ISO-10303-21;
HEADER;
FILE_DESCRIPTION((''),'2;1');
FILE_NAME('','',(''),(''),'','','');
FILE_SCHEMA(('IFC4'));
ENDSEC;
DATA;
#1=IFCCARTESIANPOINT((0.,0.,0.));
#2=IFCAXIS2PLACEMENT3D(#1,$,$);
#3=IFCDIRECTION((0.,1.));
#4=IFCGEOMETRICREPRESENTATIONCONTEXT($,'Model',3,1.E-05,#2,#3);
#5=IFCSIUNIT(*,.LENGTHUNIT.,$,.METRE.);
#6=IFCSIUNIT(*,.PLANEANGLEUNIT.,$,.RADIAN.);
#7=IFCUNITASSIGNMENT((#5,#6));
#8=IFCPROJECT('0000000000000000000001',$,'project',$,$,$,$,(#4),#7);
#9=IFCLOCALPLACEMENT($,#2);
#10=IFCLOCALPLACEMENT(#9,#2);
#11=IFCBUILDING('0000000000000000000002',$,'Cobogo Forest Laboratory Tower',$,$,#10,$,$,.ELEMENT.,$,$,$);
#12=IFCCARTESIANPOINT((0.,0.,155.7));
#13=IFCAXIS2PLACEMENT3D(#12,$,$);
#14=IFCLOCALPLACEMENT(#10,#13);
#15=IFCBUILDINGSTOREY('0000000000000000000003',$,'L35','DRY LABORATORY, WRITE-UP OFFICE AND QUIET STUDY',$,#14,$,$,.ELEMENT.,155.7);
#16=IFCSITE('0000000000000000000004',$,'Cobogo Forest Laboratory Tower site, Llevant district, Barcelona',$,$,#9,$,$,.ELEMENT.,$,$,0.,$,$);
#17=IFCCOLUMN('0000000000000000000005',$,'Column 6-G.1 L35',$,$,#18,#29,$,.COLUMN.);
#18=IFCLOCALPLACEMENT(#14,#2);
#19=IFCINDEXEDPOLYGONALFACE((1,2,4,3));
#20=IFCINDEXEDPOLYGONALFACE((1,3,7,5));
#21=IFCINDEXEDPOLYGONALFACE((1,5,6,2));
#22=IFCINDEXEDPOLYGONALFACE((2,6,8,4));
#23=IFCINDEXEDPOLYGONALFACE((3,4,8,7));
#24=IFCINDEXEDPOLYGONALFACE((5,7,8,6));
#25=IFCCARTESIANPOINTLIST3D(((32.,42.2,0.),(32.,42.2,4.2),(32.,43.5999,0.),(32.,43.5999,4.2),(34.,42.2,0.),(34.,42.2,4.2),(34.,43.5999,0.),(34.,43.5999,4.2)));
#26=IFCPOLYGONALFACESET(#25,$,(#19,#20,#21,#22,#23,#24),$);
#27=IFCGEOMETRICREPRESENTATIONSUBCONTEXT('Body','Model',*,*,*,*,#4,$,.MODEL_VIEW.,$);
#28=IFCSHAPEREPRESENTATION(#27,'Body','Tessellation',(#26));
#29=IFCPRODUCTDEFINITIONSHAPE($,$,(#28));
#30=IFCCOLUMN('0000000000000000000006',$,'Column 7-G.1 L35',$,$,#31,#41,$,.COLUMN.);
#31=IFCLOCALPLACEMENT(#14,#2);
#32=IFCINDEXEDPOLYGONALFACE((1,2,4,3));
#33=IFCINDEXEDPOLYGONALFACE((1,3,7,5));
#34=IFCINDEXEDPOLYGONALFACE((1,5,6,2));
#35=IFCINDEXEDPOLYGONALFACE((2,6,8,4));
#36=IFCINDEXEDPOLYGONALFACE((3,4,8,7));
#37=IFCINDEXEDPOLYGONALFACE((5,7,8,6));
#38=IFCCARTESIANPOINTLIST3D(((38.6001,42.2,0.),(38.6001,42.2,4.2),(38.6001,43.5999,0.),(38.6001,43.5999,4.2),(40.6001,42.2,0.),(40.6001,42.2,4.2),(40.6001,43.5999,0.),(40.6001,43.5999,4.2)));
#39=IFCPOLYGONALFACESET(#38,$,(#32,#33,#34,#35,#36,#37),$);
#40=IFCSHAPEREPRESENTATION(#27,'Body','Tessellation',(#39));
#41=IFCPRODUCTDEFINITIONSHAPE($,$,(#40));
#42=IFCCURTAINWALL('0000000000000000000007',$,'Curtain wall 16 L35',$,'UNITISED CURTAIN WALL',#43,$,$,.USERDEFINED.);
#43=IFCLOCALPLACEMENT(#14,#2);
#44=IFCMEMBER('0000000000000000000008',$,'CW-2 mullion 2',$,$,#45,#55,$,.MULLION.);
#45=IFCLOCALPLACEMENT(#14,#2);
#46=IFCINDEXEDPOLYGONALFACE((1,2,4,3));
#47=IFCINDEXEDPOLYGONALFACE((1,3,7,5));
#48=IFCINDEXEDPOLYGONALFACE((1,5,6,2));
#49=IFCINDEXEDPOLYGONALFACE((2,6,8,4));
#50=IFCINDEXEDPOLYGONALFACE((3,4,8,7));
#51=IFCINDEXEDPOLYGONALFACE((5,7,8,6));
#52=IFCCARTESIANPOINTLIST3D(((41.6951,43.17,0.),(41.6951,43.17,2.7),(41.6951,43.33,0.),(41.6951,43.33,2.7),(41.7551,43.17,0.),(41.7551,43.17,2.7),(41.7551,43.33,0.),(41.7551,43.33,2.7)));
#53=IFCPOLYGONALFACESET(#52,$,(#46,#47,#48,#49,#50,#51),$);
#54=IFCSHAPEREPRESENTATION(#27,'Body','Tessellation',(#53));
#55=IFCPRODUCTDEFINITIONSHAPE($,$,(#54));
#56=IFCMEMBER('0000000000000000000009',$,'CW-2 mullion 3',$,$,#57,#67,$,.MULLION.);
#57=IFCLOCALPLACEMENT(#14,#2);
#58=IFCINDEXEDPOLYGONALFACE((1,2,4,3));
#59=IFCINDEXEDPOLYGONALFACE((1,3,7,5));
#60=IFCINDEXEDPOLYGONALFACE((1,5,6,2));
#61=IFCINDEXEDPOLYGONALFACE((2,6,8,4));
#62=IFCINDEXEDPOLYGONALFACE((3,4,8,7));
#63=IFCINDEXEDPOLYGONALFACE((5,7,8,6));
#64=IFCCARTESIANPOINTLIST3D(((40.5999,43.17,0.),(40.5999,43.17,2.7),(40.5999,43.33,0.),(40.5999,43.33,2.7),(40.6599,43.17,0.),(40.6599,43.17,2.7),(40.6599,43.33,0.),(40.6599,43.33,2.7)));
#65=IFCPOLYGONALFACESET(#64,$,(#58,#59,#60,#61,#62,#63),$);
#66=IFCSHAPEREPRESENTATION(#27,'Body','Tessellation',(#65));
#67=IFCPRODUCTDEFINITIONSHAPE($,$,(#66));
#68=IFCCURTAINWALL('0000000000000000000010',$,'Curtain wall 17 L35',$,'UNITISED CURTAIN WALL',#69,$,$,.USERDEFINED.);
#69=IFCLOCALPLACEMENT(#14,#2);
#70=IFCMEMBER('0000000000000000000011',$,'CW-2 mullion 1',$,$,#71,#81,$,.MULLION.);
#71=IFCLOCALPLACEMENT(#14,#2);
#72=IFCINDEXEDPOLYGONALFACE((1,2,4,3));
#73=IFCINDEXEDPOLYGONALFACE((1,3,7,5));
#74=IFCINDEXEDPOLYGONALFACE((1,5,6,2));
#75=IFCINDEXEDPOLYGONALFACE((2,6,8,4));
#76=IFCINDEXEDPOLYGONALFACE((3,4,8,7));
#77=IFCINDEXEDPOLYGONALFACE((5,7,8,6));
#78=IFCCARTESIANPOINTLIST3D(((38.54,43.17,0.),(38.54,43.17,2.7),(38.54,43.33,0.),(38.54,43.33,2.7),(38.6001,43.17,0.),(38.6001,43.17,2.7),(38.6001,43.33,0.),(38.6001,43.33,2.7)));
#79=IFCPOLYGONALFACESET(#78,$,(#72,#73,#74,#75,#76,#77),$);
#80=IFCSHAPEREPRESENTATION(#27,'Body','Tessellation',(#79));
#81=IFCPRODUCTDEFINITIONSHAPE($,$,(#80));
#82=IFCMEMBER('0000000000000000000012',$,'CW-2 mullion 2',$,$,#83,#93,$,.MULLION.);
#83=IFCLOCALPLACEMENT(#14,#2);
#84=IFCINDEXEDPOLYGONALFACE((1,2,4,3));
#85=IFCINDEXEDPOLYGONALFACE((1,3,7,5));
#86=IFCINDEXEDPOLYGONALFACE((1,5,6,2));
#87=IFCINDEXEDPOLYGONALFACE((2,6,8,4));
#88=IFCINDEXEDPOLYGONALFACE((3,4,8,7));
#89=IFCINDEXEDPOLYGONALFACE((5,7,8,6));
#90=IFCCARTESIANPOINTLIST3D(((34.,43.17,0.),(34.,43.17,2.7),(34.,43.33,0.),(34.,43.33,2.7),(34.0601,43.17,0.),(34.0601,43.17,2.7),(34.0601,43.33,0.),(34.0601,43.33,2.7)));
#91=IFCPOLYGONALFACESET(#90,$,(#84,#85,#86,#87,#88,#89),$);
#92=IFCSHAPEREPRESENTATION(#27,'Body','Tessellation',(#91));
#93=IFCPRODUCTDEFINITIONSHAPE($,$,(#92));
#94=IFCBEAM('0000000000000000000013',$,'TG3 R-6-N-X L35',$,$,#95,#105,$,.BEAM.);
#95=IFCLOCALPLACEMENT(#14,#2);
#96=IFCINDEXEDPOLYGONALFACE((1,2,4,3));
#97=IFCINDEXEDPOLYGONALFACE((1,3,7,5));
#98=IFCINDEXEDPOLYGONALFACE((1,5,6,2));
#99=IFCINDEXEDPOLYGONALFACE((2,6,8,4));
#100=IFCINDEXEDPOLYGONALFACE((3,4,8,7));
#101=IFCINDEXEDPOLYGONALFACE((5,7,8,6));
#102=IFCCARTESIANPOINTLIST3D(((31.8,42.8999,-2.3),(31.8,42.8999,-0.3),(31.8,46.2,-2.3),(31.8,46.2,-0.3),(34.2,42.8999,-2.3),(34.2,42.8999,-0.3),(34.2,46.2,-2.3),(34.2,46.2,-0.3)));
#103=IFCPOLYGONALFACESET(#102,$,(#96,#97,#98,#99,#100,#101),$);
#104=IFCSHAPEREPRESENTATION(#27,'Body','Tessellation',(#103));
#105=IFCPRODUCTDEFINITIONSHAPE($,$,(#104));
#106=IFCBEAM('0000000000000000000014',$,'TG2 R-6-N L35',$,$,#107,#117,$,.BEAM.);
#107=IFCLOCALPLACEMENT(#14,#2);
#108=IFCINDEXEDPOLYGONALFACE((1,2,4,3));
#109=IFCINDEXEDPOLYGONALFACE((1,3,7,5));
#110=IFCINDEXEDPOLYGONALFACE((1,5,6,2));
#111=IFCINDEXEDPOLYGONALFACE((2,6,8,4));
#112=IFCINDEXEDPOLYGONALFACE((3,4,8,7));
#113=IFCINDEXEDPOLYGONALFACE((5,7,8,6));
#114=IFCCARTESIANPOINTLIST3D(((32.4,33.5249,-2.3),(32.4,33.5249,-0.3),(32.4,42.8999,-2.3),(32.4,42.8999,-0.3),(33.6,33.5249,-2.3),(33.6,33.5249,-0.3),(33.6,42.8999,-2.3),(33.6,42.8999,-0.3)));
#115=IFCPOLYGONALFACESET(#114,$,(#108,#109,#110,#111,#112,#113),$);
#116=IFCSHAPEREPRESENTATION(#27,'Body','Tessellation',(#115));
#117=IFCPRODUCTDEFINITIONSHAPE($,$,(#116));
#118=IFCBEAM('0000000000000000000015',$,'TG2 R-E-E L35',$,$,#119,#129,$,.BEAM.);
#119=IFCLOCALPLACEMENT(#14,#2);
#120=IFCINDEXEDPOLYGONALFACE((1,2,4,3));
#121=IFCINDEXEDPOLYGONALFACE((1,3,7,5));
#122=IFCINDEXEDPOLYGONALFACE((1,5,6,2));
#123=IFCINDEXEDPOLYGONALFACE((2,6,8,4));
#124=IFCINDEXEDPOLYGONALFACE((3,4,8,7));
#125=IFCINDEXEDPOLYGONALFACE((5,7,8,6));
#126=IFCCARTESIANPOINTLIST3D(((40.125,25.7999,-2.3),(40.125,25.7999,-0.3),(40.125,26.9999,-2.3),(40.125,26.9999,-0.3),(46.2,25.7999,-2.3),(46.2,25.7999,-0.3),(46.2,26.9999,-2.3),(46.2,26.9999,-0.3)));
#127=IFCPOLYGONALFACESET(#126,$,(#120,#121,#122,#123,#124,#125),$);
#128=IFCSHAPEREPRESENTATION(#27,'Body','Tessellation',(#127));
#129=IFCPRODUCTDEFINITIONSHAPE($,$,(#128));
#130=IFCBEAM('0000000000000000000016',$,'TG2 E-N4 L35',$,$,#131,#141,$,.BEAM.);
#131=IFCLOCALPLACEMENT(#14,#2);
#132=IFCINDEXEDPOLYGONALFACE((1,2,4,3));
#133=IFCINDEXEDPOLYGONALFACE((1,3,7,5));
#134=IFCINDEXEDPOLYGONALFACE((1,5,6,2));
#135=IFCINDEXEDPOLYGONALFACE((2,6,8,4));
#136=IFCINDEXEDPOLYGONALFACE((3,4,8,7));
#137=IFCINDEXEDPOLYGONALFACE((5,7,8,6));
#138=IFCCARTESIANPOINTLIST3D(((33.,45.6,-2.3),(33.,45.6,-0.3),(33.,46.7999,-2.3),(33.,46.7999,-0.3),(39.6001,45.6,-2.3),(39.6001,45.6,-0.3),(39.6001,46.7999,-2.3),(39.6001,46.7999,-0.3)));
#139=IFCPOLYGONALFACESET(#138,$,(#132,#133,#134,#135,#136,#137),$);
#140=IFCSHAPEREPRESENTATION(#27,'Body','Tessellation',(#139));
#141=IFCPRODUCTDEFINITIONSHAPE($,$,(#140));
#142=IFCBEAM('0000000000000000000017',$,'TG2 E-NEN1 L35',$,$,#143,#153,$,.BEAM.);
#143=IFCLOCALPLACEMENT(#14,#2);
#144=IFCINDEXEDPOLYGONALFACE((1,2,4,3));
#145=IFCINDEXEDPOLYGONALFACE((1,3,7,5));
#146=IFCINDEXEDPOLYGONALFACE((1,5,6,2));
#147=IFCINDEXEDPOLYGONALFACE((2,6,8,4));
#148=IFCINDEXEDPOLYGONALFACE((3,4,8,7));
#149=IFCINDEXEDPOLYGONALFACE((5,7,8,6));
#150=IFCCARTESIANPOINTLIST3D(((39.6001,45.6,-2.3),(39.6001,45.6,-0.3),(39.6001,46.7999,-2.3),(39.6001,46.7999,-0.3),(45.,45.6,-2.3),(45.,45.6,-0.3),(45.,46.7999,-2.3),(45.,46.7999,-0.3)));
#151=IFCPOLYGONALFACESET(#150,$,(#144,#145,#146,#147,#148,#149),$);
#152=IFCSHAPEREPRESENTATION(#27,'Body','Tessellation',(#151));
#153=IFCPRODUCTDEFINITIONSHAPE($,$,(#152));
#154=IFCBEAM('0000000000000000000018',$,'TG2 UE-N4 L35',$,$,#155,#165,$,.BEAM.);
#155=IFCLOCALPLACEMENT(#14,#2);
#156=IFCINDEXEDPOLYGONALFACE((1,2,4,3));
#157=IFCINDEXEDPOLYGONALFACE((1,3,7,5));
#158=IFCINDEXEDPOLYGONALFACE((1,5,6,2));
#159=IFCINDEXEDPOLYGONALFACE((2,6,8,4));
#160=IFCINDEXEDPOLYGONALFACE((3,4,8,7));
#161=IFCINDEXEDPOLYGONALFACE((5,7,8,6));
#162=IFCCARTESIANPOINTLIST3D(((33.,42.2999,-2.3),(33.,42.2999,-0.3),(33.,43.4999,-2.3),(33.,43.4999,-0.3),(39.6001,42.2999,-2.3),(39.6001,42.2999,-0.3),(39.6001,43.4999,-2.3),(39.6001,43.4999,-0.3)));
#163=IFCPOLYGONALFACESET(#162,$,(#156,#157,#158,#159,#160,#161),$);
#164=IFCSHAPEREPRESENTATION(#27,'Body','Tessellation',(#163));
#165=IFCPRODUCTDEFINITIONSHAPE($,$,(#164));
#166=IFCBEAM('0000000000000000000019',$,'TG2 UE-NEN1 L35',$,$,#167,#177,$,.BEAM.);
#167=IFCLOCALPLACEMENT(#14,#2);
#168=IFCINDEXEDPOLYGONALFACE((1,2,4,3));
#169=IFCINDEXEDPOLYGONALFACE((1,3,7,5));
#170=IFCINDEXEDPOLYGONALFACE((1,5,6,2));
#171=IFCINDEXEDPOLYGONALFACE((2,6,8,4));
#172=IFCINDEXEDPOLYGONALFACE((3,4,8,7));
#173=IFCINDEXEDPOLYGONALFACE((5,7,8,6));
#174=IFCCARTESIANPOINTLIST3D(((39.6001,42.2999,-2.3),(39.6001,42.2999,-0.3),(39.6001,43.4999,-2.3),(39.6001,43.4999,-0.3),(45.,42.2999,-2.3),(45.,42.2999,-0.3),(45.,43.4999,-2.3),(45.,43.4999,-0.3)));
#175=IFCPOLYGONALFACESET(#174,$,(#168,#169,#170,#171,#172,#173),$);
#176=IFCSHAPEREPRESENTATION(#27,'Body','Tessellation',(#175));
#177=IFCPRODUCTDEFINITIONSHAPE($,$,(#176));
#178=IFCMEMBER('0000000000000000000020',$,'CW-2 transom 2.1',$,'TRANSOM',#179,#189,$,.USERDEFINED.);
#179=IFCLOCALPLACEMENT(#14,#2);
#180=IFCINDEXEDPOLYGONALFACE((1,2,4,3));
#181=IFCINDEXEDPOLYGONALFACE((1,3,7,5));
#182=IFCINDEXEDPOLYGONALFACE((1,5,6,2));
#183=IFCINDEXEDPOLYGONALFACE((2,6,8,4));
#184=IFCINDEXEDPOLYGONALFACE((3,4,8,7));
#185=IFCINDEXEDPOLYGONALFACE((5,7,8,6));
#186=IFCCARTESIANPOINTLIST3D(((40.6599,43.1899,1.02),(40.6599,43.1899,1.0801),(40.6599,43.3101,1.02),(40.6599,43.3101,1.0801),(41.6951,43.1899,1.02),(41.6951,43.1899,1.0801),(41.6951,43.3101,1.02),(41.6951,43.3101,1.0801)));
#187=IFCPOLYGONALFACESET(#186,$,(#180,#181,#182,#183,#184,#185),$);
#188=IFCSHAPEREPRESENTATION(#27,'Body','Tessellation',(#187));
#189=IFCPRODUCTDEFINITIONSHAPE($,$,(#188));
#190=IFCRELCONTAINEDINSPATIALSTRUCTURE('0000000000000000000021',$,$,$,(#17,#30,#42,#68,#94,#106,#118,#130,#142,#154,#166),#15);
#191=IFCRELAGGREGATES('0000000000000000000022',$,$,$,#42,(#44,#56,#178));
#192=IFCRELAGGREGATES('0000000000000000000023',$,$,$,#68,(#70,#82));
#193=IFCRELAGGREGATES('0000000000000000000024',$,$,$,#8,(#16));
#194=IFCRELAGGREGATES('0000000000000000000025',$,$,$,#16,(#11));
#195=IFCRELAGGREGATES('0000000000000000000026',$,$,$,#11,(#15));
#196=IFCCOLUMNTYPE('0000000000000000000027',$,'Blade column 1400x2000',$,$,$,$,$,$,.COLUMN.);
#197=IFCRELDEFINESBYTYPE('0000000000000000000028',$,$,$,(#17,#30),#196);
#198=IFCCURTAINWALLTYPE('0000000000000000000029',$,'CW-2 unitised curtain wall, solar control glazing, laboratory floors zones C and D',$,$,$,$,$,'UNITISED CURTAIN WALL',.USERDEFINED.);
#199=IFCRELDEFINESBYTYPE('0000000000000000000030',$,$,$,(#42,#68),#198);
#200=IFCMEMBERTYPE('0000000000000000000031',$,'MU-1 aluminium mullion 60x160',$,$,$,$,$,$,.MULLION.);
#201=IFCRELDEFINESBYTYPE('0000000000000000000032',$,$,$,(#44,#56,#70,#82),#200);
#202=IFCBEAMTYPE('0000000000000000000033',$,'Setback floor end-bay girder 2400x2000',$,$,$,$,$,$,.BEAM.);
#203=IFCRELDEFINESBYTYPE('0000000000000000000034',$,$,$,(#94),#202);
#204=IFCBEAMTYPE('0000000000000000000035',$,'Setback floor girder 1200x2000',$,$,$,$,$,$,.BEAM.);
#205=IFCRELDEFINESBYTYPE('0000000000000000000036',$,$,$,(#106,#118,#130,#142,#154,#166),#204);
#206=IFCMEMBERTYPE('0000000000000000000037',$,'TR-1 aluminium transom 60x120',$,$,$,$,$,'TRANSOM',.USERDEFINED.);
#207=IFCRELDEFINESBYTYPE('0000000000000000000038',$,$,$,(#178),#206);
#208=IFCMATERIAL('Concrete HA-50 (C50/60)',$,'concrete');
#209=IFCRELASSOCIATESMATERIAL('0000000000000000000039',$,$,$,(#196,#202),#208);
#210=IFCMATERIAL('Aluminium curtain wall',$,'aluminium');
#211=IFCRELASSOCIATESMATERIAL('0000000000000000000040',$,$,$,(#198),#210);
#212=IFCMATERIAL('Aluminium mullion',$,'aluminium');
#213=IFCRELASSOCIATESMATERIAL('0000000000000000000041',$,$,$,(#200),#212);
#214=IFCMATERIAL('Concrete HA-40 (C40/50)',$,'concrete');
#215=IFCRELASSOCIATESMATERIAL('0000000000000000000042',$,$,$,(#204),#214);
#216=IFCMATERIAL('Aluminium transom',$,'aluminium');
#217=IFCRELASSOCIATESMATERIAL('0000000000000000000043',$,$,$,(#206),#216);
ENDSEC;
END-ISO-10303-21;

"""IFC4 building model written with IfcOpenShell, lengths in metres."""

from ifc_helpers import new_model, si_unit, direction, frame, origin, origin_2d, place, context, subcontext, project, spatial, rectangle, extrude, material, material_profile, profile_set, type_object, element, aggregate, save


model = new_model("IFC4")

# Units and contexts
model_context = context("Model", 3, precision=1e-05, world=origin(), true_north=direction((0.0, 1.0)))
body_context = subcontext(model_context, "Body", "Model", "MODEL_VIEW")
ifc_project = project(units=[si_unit("LENGTHUNIT", "METRE"), si_unit("PLANEANGLEUNIT", "RADIAN")], contexts=[model_context])

# Site, building, storey
site_placement = place(None, origin())
site = spatial("IfcSite", under=ifc_project, at=site_placement, Name="Cobogo Forest Laboratory Tower site, Llevant district, Barcelona", CompositionType="ELEMENT", RefElevation=0.0)
building_placement = place(site_placement, origin())
building = spatial("IfcBuilding", under=site, at=building_placement, Name="Cobogo Forest Laboratory Tower", CompositionType="ELEMENT")
storey_placement = place(building_placement, frame((0.0, 0.0, 155.7)))
storey = spatial("IfcBuildingStorey", under=building, at=storey_placement, Name="L35", Description="DRY LABORATORY, WRITE-UP OFFICE AND QUIET STUDY", CompositionType="ELEMENT", Elevation=155.7)

# Columns
ifc_material_1 = material(Name="Concrete HA-50 (C50/60)", Category="concrete")
ifc_material_profile_1 = material_profile(ifc_material_1, rectangle(XDim=2.0, YDim=1.3999, at=origin_2d()), Name="RC 1400x2000")
ifc_profile_set_1 = profile_set([ifc_material_profile_1], Name="Concrete HA-50 (C50/60)")
column_type = type_object("IfcColumnType", Name="Blade column 1400x2000", PredefinedType="COLUMN", material=ifc_profile_set_1)
for number, where, z_axis, x_axis, name in (
    (1, (33.0, 42.8999, 0.0), (0.0, 0.0, 1.0), (1.0, 0.0, 0.0), "Column 6-G.1 L35"),
    (2, (39.6001, 42.8999, 0.0), (0.0, 0.0, 1.0), (1.0, 0.0, 0.0), "Column 7-G.1 L35"),
):
    element("IfcColumn", number, at=place(storey_placement, frame(where, z_axis=z_axis, x_axis=x_axis)), inside=storey, type_object=column_type, Name=name, PredefinedType="COLUMN", context=body_context, shape_type="SweptSolid", body=[
        extrude(rectangle(XDim=2.0, YDim=1.3999, at=origin_2d()), origin(), (0.0, 0.0, 1.0), 4.2),
    ])

# Curtain walls, members
ifc_material_2 = material(Name="Aluminium curtain wall", Category="aluminium")
curtain_wall_type = type_object("IfcCurtainWallType", Name="CW-2 unitised curtain wall, solar control glazing, laboratory floors zones C and D", ElementType="UNITISED CURTAIN WALL", PredefinedType="USERDEFINED", material=ifc_material_2)
curtain_wall_1_placement = place(storey_placement, origin())
curtain_wall_1 = element("IfcCurtainWall", 3, at=curtain_wall_1_placement, inside=storey, type_object=curtain_wall_type, Name="Curtain wall 16 L35", ObjectType="UNITISED CURTAIN WALL", PredefinedType="USERDEFINED")
ifc_material_3 = material(Name="Aluminium mullion", Category="aluminium")
ifc_material_profile_2 = material_profile(ifc_material_3, rectangle(XDim=0.0601, YDim=0.1599, at=origin_2d()), Name="AL 60x160")
ifc_profile_set_2 = profile_set([ifc_material_profile_2], Name="Aluminium mullion")
member_type_1 = type_object("IfcMemberType", Name="MU-1 aluminium mullion 60x160", PredefinedType="MULLION", material=ifc_profile_set_2)
member_1_placement = place(storey_placement, frame((41.7251, 43.25, 0.0), z_axis=(0.0, 0.0, 1.0), x_axis=(-1.0, 0.0, 0.0)))
member_1 = element("IfcMember", 4, at=member_1_placement, type_object=member_type_1, Name="CW-2 mullion 2", PredefinedType="MULLION", context=body_context, shape_type="SweptSolid", body=[
    extrude(rectangle(XDim=0.0601, YDim=0.1599, at=origin_2d()), origin(), (0.0, 0.0, 1.0), 2.7),
])
member_2_placement = place(storey_placement, frame((40.6299, 43.25, 0.0), z_axis=(0.0, 0.0, 1.0), x_axis=(-1.0, 0.0, 0.0)))
member_2 = element("IfcMember", 5, at=member_2_placement, type_object=member_type_1, Name="CW-2 mullion 3", PredefinedType="MULLION", context=body_context, shape_type="SweptSolid", body=[
    extrude(rectangle(XDim=0.0601, YDim=0.1599, at=origin_2d()), origin(), (0.0, 0.0, 1.0), 2.7),
])
curtain_wall_2_placement = place(storey_placement, origin())
curtain_wall_2 = element("IfcCurtainWall", 6, at=curtain_wall_2_placement, inside=storey, type_object=curtain_wall_type, Name="Curtain wall 17 L35", ObjectType="UNITISED CURTAIN WALL", PredefinedType="USERDEFINED")
member_3_placement = place(storey_placement, frame((38.5701, 43.25, 0.0), z_axis=(0.0, 0.0, 1.0), x_axis=(-1.0, 0.0, 0.0)))
member_3 = element("IfcMember", 7, at=member_3_placement, type_object=member_type_1, Name="CW-2 mullion 1", PredefinedType="MULLION", context=body_context, shape_type="SweptSolid", body=[
    extrude(rectangle(XDim=0.0601, YDim=0.1599, at=origin_2d()), origin(), (0.0, 0.0, 1.0), 2.7),
])
member_4_placement = place(storey_placement, frame((34.03, 43.25, 0.0), z_axis=(0.0, 0.0, 1.0), x_axis=(-1.0, 0.0, 0.0)))
member_4 = element("IfcMember", 8, at=member_4_placement, type_object=member_type_1, Name="CW-2 mullion 2", PredefinedType="MULLION", context=body_context, shape_type="SweptSolid", body=[
    extrude(rectangle(XDim=0.0601, YDim=0.1599, at=origin_2d()), origin(), (0.0, 0.0, 1.0), 2.7),
])

# Beams
ifc_material_profile_3 = material_profile(ifc_material_1, rectangle(XDim=2.3999, YDim=2.0, at=origin_2d()), Name="RC 2400x2000")
ifc_profile_set_3 = profile_set([ifc_material_profile_3], Name="Concrete HA-50 (C50/60)")
beam_type_1 = type_object("IfcBeamType", Name="Setback floor end-bay girder 2400x2000", PredefinedType="BEAM", material=ifc_profile_set_3)
beam_1_placement = place(storey_placement, frame((33.0, 46.2, -1.3), z_axis=(0.0, -1.0, 0.0), x_axis=(1.0, 0.0, 0.0)))
element("IfcBeam", 9, at=beam_1_placement, inside=storey, type_object=beam_type_1, Name="TG3 R-6-N-X L35", PredefinedType="BEAM", context=body_context, shape_type="SweptSolid", body=[
    extrude(rectangle(XDim=2.3999, YDim=2.0, at=origin_2d()), origin(), (0.0, 0.0, 1.0), 3.3),
])
ifc_material_4 = material(Name="Concrete HA-40 (C40/50)", Category="concrete")
ifc_material_profile_4 = material_profile(ifc_material_4, rectangle(XDim=1.2, YDim=2.0, at=origin_2d()), Name="RC 1200x2000")
ifc_profile_set_4 = profile_set([ifc_material_profile_4], Name="Concrete HA-40 (C40/50)")
beam_type_2 = type_object("IfcBeamType", Name="Setback floor girder 1200x2000", PredefinedType="BEAM", material=ifc_profile_set_4)
beam_2_placement = place(storey_placement, frame((33.0, 33.5249, -1.3), z_axis=(0.0, 1.0, 0.0), x_axis=(-1.0, 0.0, 0.0)))
element("IfcBeam", 10, at=beam_2_placement, inside=storey, type_object=beam_type_2, Name="TG2 R-6-N L35", PredefinedType="BEAM", context=body_context, shape_type="SweptSolid", body=[
    extrude(rectangle(XDim=1.2, YDim=2.0, at=origin_2d()), origin(), (0.0, 0.0, 1.0), 9.375),
])
beam_3_placement = place(storey_placement, frame((40.125, 26.3999, -1.3), z_axis=(1.0, 0.0, 0.0), x_axis=(0.0, 1.0, 0.0)))
element("IfcBeam", 11, at=beam_3_placement, inside=storey, type_object=beam_type_2, Name="TG2 R-E-E L35", PredefinedType="BEAM", context=body_context, shape_type="SweptSolid", body=[
    extrude(rectangle(XDim=1.2, YDim=2.0, at=origin_2d()), origin(), (0.0, 0.0, 1.0), 6.075),
])
beam_4_placement = place(storey_placement, frame((33.0, 46.2, -1.3), z_axis=(1.0, 0.0, 0.0), x_axis=(0.0, 1.0, 0.0)))
element("IfcBeam", 12, at=beam_4_placement, inside=storey, type_object=beam_type_2, Name="TG2 E-N4 L35", PredefinedType="BEAM", context=body_context, shape_type="SweptSolid", body=[
    extrude(rectangle(XDim=1.2, YDim=2.0, at=origin_2d()), origin(), (0.0, 0.0, 1.0), 6.6001),
])
beam_5_placement = place(storey_placement, frame((39.6001, 46.2, -1.3), z_axis=(1.0, 0.0, 0.0), x_axis=(0.0, 1.0, 0.0)))
element("IfcBeam", 13, at=beam_5_placement, inside=storey, type_object=beam_type_2, Name="TG2 E-NEN1 L35", PredefinedType="BEAM", context=body_context, shape_type="SweptSolid", body=[
    extrude(rectangle(XDim=1.2, YDim=2.0, at=origin_2d()), origin(), (0.0, 0.0, 1.0), 5.3999),
])
beam_6_placement = place(storey_placement, frame((33.0, 42.8999, -1.3), z_axis=(1.0, 0.0, 0.0), x_axis=(0.0, 1.0, 0.0)))
element("IfcBeam", 14, at=beam_6_placement, inside=storey, type_object=beam_type_2, Name="TG2 UE-N4 L35", PredefinedType="BEAM", context=body_context, shape_type="SweptSolid", body=[
    extrude(rectangle(XDim=1.2, YDim=2.0, at=origin_2d()), origin(), (0.0, 0.0, 1.0), 6.6001),
])
beam_7_placement = place(storey_placement, frame((39.6001, 42.8999, -1.3), z_axis=(1.0, 0.0, 0.0), x_axis=(0.0, 1.0, 0.0)))
element("IfcBeam", 15, at=beam_7_placement, inside=storey, type_object=beam_type_2, Name="TG2 UE-NEN1 L35", PredefinedType="BEAM", context=body_context, shape_type="SweptSolid", body=[
    extrude(rectangle(XDim=1.2, YDim=2.0, at=origin_2d()), origin(), (0.0, 0.0, 1.0), 5.3999),
])

# Member
ifc_material_5 = material(Name="Aluminium transom", Category="aluminium")
ifc_material_profile_5 = material_profile(ifc_material_5, rectangle(XDim=0.1201, YDim=0.0601, at=origin_2d()), Name="AL 60x120")
ifc_profile_set_5 = profile_set([ifc_material_profile_5], Name="Aluminium transom")
member_type_2 = type_object("IfcMemberType", Name="TR-1 aluminium transom 60x120", ElementType="TRANSOM", PredefinedType="USERDEFINED", material=ifc_profile_set_5)
member_5_placement = place(storey_placement, frame((41.6951, 43.25, 1.05), z_axis=(-1.0, 0.0, 0.0), x_axis=(0.0, -1.0, 0.0)))
member_5 = element("IfcMember", 16, at=member_5_placement, type_object=member_type_2, Name="CW-2 transom 2.1", ObjectType="TRANSOM", PredefinedType="USERDEFINED", context=body_context, shape_type="SweptSolid", body=[
    extrude(rectangle(XDim=0.1201, YDim=0.0601, at=origin_2d()), origin(), (0.0, 0.0, 1.0), 1.0352),
])

aggregate(curtain_wall_1, [member_1, member_2, member_5])
aggregate(curtain_wall_2, [member_3, member_4])

save(model, "model.ifc")
